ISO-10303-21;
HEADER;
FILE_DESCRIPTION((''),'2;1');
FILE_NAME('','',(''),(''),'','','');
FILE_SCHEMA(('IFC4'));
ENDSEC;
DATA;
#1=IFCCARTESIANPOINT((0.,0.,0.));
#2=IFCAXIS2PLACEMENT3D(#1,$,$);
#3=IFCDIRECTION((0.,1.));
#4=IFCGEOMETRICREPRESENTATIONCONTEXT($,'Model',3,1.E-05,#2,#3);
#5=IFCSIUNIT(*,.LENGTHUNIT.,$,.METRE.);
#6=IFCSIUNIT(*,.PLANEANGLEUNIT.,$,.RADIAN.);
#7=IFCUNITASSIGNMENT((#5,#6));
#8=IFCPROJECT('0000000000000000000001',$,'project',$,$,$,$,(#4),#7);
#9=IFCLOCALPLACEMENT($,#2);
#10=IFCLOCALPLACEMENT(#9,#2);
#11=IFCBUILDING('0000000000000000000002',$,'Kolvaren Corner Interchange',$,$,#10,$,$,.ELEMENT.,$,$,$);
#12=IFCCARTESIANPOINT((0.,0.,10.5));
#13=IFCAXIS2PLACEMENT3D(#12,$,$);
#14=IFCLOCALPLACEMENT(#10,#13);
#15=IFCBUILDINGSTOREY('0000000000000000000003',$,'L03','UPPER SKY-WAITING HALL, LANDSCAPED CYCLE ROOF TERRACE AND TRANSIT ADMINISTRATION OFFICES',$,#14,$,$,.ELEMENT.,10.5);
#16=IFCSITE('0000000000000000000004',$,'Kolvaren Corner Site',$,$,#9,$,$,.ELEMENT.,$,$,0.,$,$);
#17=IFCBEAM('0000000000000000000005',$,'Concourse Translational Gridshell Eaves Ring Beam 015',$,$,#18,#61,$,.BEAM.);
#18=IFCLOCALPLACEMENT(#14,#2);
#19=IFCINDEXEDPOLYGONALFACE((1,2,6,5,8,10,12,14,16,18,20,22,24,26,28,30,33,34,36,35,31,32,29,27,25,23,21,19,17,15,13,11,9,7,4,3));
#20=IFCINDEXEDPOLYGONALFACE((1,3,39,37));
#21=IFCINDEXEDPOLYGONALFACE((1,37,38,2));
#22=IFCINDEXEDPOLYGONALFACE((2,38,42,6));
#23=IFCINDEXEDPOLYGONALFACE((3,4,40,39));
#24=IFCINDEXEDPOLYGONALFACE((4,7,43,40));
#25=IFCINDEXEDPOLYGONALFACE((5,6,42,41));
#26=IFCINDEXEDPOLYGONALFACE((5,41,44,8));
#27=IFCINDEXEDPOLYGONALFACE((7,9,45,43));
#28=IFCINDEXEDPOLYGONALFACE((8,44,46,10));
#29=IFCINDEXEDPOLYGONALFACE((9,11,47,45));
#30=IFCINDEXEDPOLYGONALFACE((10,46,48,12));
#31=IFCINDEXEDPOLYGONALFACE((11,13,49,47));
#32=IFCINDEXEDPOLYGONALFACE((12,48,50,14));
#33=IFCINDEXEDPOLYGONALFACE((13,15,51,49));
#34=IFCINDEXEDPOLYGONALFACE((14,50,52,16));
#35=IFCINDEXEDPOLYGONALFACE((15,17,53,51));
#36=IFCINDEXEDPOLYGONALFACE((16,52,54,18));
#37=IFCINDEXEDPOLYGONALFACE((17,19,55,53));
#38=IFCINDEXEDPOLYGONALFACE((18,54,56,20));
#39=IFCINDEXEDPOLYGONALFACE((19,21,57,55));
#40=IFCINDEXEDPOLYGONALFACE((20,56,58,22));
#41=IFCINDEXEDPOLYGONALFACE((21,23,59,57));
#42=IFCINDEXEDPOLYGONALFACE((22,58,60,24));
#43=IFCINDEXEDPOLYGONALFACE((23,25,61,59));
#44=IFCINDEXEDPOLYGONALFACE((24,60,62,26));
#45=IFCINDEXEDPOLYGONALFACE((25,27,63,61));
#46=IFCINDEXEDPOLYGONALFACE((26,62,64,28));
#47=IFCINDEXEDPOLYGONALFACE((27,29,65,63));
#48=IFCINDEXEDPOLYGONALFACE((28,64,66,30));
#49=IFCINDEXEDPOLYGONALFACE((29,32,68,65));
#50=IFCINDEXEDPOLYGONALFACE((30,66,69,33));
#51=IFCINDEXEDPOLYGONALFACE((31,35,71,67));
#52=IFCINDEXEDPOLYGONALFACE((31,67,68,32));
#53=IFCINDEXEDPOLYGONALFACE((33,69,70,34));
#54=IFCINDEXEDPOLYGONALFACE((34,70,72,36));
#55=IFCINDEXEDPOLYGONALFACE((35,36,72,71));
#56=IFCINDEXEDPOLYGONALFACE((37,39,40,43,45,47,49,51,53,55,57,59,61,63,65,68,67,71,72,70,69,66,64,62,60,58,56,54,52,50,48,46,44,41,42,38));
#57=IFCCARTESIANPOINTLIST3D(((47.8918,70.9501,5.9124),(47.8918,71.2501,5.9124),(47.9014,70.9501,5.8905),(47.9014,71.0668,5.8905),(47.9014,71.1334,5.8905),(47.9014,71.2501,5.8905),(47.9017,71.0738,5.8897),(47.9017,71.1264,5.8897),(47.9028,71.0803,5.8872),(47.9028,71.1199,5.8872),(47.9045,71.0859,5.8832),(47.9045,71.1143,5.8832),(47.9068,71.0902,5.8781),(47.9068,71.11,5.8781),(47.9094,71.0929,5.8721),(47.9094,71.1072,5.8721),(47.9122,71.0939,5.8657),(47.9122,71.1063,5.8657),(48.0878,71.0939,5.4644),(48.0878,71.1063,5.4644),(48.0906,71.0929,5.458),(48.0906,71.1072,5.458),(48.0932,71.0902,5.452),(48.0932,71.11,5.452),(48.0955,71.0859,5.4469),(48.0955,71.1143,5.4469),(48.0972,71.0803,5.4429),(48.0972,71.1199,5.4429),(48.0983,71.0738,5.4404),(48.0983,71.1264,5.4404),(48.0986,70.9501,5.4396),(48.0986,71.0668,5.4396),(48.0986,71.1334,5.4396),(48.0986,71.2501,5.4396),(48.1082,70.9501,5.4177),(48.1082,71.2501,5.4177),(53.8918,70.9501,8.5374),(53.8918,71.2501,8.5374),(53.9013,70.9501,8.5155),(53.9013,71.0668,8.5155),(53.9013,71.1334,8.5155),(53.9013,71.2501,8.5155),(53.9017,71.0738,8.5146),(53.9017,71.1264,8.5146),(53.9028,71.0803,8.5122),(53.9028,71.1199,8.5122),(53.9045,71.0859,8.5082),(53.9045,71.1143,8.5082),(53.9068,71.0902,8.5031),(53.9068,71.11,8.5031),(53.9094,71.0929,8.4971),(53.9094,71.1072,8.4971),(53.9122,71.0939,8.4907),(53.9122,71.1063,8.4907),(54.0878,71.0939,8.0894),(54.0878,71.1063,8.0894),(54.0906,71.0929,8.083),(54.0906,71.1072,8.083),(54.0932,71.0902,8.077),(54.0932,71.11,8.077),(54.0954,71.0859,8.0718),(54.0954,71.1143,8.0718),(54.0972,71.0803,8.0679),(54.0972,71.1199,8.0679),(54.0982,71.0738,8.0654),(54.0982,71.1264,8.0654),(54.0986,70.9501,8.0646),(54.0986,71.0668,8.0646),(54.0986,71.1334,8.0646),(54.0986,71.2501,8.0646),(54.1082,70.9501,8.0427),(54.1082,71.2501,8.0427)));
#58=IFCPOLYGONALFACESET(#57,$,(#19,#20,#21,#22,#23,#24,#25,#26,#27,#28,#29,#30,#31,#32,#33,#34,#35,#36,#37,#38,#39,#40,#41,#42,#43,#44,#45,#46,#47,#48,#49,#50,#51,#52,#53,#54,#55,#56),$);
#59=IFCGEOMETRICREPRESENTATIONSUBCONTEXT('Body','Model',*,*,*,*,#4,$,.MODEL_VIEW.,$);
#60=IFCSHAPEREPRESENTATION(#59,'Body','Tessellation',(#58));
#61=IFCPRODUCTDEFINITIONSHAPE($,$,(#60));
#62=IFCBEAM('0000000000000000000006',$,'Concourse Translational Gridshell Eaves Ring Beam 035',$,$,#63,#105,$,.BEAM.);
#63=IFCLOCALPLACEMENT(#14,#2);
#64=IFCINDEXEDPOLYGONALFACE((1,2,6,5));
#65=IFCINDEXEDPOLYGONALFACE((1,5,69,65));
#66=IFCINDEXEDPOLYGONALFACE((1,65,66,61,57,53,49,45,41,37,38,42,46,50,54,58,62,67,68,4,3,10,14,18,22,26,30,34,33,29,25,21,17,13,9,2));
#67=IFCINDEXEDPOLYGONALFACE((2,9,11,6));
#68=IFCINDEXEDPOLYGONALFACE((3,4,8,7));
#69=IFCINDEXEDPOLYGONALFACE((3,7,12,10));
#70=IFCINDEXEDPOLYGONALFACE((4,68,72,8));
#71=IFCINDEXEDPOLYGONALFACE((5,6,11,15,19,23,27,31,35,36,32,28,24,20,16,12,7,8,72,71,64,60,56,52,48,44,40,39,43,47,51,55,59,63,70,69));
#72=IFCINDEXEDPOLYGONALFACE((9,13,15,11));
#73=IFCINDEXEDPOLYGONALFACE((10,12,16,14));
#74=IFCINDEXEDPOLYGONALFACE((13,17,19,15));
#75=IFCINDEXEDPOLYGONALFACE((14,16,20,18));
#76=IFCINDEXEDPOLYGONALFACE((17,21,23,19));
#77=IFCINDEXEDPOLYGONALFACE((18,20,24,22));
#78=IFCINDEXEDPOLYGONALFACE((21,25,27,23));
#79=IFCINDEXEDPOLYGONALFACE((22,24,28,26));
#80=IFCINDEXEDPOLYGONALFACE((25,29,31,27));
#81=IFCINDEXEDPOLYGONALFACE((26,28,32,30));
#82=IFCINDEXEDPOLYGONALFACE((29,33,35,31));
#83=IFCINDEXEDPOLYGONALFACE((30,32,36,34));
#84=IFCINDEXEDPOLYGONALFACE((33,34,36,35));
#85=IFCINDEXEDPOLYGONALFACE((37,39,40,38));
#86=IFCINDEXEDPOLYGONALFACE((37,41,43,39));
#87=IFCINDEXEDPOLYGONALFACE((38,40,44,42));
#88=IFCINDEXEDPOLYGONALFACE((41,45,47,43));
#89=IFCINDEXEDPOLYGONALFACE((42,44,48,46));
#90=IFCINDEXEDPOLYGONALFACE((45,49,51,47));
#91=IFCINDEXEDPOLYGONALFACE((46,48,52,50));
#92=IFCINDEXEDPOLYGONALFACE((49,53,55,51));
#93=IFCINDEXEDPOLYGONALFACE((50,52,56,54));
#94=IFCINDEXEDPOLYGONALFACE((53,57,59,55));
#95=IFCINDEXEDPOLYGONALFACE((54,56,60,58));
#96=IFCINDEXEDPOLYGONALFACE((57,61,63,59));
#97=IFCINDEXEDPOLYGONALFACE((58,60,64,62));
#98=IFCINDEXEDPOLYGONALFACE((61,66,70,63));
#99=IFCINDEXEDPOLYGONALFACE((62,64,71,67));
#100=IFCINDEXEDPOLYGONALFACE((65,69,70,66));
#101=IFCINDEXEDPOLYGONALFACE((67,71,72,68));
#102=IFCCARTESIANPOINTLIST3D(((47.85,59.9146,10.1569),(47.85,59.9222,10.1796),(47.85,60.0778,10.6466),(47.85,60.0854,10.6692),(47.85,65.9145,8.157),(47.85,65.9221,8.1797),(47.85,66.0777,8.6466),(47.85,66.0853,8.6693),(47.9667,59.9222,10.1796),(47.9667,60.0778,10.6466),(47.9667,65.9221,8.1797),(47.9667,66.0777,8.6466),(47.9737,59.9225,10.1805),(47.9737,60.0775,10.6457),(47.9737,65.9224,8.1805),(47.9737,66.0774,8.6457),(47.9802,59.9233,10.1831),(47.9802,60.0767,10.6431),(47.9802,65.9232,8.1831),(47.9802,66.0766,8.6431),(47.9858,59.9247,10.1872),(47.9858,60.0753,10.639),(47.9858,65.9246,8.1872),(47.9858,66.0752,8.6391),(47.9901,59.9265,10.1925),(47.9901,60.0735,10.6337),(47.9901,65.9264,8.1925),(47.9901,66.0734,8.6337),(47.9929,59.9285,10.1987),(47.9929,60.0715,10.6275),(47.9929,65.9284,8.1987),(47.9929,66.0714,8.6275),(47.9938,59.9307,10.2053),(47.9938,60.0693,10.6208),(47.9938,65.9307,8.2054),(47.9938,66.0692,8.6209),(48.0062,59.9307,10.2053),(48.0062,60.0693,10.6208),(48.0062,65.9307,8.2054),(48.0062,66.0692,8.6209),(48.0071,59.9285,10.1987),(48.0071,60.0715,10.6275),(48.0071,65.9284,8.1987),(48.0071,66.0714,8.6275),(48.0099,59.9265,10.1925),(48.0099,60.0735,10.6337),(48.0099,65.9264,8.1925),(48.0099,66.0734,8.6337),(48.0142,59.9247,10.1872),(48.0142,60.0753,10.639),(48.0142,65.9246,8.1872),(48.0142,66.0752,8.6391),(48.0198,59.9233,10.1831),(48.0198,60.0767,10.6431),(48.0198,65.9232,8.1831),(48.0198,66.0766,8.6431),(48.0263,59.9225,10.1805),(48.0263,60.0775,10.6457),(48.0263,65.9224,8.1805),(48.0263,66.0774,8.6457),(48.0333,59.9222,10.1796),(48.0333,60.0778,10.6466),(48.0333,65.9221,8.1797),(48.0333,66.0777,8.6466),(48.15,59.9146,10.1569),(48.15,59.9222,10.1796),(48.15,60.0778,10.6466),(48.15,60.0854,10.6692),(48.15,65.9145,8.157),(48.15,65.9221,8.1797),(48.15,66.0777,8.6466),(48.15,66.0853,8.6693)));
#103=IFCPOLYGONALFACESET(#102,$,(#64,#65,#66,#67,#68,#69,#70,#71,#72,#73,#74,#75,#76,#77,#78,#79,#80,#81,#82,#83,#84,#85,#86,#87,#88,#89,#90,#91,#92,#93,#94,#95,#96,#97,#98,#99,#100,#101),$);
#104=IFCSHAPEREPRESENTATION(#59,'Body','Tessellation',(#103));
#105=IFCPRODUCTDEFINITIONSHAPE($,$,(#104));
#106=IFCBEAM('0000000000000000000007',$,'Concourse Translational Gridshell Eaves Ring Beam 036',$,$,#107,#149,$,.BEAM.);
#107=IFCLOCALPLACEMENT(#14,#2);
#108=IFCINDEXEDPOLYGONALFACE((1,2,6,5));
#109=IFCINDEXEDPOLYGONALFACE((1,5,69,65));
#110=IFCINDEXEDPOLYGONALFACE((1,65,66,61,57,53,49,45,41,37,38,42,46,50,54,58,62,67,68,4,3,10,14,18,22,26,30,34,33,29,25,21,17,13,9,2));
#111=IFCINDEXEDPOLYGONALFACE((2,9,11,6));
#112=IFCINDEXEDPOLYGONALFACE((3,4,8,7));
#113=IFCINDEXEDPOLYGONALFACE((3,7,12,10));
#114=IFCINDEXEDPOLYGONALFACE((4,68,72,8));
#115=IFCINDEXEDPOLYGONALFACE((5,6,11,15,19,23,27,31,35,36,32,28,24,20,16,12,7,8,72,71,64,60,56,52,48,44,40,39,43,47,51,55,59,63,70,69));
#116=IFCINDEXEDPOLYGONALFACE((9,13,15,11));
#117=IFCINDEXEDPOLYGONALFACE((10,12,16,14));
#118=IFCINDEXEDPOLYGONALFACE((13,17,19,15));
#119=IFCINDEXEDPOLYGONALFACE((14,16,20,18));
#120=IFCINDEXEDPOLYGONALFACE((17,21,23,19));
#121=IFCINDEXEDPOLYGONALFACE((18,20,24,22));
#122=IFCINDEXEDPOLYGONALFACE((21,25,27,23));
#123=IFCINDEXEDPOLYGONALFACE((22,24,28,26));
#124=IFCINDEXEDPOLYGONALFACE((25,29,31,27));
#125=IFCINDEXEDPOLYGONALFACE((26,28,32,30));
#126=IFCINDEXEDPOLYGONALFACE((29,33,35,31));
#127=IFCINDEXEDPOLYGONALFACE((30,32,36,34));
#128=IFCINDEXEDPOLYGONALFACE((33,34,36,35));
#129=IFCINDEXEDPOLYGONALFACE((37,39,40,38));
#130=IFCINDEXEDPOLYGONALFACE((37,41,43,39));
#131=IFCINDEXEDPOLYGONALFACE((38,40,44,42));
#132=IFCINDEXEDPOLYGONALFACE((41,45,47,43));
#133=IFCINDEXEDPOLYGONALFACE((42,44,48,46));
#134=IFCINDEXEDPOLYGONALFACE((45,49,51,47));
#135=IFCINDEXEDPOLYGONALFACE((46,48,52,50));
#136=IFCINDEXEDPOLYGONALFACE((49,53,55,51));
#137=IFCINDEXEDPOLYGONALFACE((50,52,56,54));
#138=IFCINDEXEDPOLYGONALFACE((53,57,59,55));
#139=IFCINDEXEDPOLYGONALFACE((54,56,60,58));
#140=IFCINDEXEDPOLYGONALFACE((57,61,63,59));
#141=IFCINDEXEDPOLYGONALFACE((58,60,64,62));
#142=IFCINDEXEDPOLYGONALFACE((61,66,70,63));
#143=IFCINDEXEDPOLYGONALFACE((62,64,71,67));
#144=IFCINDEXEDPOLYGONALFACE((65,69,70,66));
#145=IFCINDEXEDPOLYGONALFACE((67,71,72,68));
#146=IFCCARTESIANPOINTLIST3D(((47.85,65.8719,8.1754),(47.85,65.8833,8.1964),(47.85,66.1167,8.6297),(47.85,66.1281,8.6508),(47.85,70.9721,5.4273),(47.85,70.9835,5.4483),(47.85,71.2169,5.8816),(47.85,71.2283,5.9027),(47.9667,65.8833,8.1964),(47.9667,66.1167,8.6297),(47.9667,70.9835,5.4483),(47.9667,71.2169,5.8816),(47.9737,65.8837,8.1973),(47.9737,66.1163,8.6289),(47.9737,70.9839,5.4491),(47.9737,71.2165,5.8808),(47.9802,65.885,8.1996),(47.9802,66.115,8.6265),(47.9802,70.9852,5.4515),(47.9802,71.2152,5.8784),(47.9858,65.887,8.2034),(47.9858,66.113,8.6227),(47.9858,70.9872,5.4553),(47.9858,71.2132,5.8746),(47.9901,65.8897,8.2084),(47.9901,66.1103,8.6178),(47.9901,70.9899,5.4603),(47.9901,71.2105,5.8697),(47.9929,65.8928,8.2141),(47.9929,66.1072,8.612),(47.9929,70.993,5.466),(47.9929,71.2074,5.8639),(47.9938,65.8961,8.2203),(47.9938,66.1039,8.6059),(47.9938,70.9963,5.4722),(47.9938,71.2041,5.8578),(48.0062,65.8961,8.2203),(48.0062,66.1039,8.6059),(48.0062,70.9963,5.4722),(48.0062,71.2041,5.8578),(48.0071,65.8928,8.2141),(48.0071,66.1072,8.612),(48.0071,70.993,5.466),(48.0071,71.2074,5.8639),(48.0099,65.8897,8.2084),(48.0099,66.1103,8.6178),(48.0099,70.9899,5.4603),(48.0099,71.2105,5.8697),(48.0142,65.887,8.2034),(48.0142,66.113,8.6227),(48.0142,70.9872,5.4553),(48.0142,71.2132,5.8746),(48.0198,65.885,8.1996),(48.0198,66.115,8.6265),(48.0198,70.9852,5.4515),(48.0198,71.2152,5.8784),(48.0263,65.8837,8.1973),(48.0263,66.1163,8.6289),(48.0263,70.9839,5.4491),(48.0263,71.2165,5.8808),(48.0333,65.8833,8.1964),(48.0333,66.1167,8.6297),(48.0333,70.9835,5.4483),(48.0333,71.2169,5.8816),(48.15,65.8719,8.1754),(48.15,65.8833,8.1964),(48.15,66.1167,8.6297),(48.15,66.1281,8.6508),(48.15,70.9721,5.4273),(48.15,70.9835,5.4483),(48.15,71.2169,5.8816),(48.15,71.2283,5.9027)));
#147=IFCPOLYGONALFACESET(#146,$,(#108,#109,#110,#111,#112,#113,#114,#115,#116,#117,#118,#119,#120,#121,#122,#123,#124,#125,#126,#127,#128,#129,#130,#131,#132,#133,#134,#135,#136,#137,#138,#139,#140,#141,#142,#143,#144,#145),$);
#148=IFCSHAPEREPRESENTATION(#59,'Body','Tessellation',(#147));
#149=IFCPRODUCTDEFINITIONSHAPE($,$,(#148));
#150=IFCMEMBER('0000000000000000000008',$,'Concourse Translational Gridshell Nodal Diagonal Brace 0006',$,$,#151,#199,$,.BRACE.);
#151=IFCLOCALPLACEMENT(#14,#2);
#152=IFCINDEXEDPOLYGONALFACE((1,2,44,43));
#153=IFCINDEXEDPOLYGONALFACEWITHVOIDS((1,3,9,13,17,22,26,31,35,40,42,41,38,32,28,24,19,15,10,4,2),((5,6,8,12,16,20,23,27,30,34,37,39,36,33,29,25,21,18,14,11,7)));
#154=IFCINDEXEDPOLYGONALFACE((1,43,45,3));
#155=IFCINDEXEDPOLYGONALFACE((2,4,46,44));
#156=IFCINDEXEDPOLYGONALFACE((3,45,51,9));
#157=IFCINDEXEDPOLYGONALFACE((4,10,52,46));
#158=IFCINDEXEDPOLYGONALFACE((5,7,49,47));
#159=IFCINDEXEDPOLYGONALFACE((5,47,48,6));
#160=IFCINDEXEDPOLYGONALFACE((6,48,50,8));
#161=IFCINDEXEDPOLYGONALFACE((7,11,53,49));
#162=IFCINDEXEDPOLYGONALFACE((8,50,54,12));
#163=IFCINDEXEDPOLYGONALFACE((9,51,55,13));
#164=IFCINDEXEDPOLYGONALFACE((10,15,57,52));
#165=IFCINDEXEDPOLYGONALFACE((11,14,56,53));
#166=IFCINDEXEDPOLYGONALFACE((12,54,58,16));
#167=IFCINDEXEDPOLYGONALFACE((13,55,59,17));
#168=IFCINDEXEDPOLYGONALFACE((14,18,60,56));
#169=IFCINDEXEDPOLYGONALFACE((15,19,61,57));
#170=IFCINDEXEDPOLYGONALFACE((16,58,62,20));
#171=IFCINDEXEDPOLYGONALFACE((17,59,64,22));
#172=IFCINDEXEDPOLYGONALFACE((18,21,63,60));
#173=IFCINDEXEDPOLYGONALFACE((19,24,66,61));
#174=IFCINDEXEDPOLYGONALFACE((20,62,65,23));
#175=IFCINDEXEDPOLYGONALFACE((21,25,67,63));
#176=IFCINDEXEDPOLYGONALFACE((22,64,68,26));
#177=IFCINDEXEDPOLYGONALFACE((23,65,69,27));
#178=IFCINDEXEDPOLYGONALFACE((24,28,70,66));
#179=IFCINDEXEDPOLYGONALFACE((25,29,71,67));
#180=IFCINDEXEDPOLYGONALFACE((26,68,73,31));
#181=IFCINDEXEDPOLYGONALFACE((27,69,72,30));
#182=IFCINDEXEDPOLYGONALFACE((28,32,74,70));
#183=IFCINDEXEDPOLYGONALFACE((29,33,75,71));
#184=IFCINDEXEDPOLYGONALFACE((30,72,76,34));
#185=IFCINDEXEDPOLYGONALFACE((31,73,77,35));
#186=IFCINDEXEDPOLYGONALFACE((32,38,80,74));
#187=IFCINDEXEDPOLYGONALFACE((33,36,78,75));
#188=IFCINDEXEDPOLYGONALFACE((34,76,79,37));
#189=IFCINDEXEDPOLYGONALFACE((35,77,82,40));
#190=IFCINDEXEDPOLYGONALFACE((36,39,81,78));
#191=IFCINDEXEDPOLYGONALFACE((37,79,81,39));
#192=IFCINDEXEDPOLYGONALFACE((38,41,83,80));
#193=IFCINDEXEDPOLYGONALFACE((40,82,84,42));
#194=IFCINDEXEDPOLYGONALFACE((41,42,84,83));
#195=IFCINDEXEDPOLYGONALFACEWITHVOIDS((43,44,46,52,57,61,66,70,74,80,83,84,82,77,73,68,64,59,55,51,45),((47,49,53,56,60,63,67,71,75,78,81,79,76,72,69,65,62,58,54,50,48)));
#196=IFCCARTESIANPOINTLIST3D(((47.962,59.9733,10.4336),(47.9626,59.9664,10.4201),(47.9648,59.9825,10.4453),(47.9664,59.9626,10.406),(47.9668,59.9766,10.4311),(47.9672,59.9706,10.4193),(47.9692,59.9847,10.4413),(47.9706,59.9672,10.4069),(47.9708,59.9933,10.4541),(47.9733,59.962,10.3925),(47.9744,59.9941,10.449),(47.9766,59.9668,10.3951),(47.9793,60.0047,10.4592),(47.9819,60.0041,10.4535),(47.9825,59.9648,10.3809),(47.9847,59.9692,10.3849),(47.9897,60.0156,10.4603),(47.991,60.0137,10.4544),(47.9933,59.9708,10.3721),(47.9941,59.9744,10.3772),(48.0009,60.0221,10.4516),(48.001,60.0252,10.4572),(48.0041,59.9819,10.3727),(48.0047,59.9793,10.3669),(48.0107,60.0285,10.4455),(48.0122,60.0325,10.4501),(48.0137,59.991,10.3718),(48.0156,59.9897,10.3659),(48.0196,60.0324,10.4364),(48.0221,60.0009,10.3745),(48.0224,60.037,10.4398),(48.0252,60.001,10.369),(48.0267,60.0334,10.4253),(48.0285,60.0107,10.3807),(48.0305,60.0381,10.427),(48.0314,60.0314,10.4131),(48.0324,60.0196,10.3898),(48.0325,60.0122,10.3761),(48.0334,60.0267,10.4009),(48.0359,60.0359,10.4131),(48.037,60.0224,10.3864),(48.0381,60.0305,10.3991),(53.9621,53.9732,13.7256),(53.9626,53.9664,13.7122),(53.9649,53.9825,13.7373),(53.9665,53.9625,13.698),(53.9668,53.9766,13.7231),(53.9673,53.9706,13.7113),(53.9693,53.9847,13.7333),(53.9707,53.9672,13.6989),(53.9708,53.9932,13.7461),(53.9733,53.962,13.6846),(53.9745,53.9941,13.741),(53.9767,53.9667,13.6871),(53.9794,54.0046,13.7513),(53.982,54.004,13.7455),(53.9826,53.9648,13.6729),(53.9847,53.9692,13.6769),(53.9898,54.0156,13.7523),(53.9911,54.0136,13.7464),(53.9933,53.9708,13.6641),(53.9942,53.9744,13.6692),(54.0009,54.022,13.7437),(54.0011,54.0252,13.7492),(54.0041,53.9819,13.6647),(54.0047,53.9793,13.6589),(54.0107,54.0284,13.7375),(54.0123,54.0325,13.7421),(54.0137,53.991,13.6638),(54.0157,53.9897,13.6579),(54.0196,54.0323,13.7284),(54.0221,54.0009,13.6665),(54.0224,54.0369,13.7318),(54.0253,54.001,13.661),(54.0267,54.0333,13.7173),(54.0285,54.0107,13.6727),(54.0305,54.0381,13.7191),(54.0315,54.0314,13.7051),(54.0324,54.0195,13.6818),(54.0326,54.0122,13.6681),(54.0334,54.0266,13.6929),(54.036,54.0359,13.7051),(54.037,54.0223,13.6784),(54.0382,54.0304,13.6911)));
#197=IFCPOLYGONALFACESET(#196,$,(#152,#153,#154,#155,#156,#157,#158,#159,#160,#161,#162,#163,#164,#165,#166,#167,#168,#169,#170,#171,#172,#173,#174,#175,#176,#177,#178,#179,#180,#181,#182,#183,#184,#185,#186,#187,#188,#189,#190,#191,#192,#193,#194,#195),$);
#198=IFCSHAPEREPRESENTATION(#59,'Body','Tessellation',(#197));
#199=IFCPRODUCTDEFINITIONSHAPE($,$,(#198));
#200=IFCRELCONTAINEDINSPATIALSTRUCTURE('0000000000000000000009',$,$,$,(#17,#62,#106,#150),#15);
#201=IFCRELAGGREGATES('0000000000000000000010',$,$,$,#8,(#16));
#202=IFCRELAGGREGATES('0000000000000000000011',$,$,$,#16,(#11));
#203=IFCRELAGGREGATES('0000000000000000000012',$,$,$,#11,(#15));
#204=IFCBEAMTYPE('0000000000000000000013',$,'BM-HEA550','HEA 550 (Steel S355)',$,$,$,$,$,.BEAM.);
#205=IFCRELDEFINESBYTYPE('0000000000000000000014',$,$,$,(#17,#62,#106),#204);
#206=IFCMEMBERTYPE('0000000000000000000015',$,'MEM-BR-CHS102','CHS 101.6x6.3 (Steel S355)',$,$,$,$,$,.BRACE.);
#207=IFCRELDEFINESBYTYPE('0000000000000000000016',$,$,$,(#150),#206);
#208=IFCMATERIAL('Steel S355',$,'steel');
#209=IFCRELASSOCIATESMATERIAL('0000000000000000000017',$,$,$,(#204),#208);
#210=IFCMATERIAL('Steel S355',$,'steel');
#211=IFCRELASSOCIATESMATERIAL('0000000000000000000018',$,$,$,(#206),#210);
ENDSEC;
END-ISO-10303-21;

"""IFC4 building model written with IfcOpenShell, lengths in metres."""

from ifc_helpers import new_model, si_unit, direction, frame, origin, origin_2d, place, context, subcontext, project, spatial, hollow_circle, i_section, extrude, material, material_profile, profile_set, type_object, element, save


model = new_model("IFC4")

# Units and contexts
model_context = context("Model", 3, precision=1e-05, world=origin(), true_north=direction((0.0, 1.0)))
body_context = subcontext(model_context, "Body", "Model", "MODEL_VIEW")
ifc_project = project(units=[si_unit("LENGTHUNIT", "METRE"), si_unit("PLANEANGLEUNIT", "RADIAN")], contexts=[model_context])

# Site, building, storey
site_placement = place(None, origin())
site = spatial("IfcSite", under=ifc_project, at=site_placement, Name="Kolvaren Corner Site", CompositionType="ELEMENT", RefElevation=0.0)
building_placement = place(site_placement, origin())
building = spatial("IfcBuilding", under=site, at=building_placement, Name="Kolvaren Corner Interchange", CompositionType="ELEMENT")
storey_placement = place(building_placement, frame((0.0, 0.0, 10.5)))
storey = spatial("IfcBuildingStorey", under=building, at=storey_placement, Name="L03", Description="UPPER SKY-WAITING HALL, LANDSCAPED CYCLE ROOF TERRACE AND TRANSIT ADMINISTRATION OFFICES", CompositionType="ELEMENT", Elevation=10.5)

# Beams
ifc_material_1 = material(Name="Steel S355", Category="steel")
ifc_material_profile_1 = material_profile(ifc_material_1, i_section(OverallWidth=0.3, OverallDepth=0.54, WebThickness=0.0125, FlangeThickness=0.0239, FilletRadius=0.0271, at=origin_2d()), Name="HEA 550")
ifc_profile_set_1 = profile_set([ifc_material_profile_1], Name="Steel S355")
beam_type_1 = type_object("IfcBeamType", Name="BM-HEA550", Description="HEA 550 (Steel S355)", PredefinedType="BEAM", material=ifc_profile_set_1)
beam_1_placement = place(storey_placement, frame((48.0, 71.1001, 5.665), z_axis=(0.916157, 0.0, 0.400819), x_axis=(0.0, 1.0, 0.0)))
element("IfcBeam", 1, at=beam_1_placement, inside=storey, type_object=beam_type_1, Name="Concourse Translational Gridshell Eaves Ring Beam 015", PredefinedType="BEAM", context=body_context, shape_type="SweptSolid", body=[
    extrude(i_section(OverallWidth=0.3, OverallDepth=0.54, WebThickness=0.0125, FlangeThickness=0.0239, FilletRadius=0.0271, at=origin_2d()), origin(), (0.0, 0.0, 1.0), 6.5491),
])
beam_2_placement = place(storey_placement, frame((48.0, 60.0, 10.4131), z_axis=(0.0, 0.948683, -0.316228), x_axis=(-1.0, 0.0, 0.0)))
element("IfcBeam", 2, at=beam_2_placement, inside=storey, type_object=beam_type_1, Name="Concourse Translational Gridshell Eaves Ring Beam 035", PredefinedType="BEAM", context=body_context, shape_type="SweptSolid", body=[
    extrude(i_section(OverallWidth=0.3, OverallDepth=0.54, WebThickness=0.0125, FlangeThickness=0.0239, FilletRadius=0.0271, at=origin_2d()), origin(), (0.0, 0.0, 1.0), 6.3245),
])
beam_3_placement = place(storey_placement, frame((48.0, 66.0, 8.4131), z_axis=(0.0, 0.880338, -0.474346), x_axis=(-1.0, 0.0, 0.0)))
element("IfcBeam", 3, at=beam_3_placement, inside=storey, type_object=beam_type_1, Name="Concourse Translational Gridshell Eaves Ring Beam 036", PredefinedType="BEAM", context=body_context, shape_type="SweptSolid", body=[
    extrude(i_section(OverallWidth=0.3, OverallDepth=0.54, WebThickness=0.0125, FlangeThickness=0.0239, FilletRadius=0.0271, at=origin_2d()), origin(), (0.0, 0.0, 1.0), 5.7935),
])

# Member
ifc_material_2 = material(Name="Steel S355", Category="steel")
ifc_material_profile_2 = material_profile(ifc_material_2, hollow_circle(Radius=0.0508, WallThickness=0.0063, at=origin_2d()), Name="CHS 101.6x6.3")
ifc_profile_set_2 = profile_set([ifc_material_profile_2], Name="Steel S355")
member_type_1 = type_object("IfcMemberType", Name="MEM-BR-CHS102", Description="CHS 101.6x6.3 (Steel S355)", PredefinedType="BRACE", material=ifc_profile_set_2)
member_1_placement = place(storey_placement, frame((48.0, 60.0, 10.4131), z_axis=(0.659232, -0.659232, 0.361698), x_axis=(0.707107, 0.707107, 0.0)))
element("IfcMember", 4, at=member_1_placement, inside=storey, type_object=member_type_1, Name="Concourse Translational Gridshell Nodal Diagonal Brace 0006", PredefinedType="BRACE", context=body_context, shape_type="SweptSolid", body=[
    extrude(hollow_circle(Radius=0.0508, WallThickness=0.0063, at=origin_2d()), origin(), (0.0, 0.0, 1.0), 9.1016),
])

save(model, "model.ifc")
